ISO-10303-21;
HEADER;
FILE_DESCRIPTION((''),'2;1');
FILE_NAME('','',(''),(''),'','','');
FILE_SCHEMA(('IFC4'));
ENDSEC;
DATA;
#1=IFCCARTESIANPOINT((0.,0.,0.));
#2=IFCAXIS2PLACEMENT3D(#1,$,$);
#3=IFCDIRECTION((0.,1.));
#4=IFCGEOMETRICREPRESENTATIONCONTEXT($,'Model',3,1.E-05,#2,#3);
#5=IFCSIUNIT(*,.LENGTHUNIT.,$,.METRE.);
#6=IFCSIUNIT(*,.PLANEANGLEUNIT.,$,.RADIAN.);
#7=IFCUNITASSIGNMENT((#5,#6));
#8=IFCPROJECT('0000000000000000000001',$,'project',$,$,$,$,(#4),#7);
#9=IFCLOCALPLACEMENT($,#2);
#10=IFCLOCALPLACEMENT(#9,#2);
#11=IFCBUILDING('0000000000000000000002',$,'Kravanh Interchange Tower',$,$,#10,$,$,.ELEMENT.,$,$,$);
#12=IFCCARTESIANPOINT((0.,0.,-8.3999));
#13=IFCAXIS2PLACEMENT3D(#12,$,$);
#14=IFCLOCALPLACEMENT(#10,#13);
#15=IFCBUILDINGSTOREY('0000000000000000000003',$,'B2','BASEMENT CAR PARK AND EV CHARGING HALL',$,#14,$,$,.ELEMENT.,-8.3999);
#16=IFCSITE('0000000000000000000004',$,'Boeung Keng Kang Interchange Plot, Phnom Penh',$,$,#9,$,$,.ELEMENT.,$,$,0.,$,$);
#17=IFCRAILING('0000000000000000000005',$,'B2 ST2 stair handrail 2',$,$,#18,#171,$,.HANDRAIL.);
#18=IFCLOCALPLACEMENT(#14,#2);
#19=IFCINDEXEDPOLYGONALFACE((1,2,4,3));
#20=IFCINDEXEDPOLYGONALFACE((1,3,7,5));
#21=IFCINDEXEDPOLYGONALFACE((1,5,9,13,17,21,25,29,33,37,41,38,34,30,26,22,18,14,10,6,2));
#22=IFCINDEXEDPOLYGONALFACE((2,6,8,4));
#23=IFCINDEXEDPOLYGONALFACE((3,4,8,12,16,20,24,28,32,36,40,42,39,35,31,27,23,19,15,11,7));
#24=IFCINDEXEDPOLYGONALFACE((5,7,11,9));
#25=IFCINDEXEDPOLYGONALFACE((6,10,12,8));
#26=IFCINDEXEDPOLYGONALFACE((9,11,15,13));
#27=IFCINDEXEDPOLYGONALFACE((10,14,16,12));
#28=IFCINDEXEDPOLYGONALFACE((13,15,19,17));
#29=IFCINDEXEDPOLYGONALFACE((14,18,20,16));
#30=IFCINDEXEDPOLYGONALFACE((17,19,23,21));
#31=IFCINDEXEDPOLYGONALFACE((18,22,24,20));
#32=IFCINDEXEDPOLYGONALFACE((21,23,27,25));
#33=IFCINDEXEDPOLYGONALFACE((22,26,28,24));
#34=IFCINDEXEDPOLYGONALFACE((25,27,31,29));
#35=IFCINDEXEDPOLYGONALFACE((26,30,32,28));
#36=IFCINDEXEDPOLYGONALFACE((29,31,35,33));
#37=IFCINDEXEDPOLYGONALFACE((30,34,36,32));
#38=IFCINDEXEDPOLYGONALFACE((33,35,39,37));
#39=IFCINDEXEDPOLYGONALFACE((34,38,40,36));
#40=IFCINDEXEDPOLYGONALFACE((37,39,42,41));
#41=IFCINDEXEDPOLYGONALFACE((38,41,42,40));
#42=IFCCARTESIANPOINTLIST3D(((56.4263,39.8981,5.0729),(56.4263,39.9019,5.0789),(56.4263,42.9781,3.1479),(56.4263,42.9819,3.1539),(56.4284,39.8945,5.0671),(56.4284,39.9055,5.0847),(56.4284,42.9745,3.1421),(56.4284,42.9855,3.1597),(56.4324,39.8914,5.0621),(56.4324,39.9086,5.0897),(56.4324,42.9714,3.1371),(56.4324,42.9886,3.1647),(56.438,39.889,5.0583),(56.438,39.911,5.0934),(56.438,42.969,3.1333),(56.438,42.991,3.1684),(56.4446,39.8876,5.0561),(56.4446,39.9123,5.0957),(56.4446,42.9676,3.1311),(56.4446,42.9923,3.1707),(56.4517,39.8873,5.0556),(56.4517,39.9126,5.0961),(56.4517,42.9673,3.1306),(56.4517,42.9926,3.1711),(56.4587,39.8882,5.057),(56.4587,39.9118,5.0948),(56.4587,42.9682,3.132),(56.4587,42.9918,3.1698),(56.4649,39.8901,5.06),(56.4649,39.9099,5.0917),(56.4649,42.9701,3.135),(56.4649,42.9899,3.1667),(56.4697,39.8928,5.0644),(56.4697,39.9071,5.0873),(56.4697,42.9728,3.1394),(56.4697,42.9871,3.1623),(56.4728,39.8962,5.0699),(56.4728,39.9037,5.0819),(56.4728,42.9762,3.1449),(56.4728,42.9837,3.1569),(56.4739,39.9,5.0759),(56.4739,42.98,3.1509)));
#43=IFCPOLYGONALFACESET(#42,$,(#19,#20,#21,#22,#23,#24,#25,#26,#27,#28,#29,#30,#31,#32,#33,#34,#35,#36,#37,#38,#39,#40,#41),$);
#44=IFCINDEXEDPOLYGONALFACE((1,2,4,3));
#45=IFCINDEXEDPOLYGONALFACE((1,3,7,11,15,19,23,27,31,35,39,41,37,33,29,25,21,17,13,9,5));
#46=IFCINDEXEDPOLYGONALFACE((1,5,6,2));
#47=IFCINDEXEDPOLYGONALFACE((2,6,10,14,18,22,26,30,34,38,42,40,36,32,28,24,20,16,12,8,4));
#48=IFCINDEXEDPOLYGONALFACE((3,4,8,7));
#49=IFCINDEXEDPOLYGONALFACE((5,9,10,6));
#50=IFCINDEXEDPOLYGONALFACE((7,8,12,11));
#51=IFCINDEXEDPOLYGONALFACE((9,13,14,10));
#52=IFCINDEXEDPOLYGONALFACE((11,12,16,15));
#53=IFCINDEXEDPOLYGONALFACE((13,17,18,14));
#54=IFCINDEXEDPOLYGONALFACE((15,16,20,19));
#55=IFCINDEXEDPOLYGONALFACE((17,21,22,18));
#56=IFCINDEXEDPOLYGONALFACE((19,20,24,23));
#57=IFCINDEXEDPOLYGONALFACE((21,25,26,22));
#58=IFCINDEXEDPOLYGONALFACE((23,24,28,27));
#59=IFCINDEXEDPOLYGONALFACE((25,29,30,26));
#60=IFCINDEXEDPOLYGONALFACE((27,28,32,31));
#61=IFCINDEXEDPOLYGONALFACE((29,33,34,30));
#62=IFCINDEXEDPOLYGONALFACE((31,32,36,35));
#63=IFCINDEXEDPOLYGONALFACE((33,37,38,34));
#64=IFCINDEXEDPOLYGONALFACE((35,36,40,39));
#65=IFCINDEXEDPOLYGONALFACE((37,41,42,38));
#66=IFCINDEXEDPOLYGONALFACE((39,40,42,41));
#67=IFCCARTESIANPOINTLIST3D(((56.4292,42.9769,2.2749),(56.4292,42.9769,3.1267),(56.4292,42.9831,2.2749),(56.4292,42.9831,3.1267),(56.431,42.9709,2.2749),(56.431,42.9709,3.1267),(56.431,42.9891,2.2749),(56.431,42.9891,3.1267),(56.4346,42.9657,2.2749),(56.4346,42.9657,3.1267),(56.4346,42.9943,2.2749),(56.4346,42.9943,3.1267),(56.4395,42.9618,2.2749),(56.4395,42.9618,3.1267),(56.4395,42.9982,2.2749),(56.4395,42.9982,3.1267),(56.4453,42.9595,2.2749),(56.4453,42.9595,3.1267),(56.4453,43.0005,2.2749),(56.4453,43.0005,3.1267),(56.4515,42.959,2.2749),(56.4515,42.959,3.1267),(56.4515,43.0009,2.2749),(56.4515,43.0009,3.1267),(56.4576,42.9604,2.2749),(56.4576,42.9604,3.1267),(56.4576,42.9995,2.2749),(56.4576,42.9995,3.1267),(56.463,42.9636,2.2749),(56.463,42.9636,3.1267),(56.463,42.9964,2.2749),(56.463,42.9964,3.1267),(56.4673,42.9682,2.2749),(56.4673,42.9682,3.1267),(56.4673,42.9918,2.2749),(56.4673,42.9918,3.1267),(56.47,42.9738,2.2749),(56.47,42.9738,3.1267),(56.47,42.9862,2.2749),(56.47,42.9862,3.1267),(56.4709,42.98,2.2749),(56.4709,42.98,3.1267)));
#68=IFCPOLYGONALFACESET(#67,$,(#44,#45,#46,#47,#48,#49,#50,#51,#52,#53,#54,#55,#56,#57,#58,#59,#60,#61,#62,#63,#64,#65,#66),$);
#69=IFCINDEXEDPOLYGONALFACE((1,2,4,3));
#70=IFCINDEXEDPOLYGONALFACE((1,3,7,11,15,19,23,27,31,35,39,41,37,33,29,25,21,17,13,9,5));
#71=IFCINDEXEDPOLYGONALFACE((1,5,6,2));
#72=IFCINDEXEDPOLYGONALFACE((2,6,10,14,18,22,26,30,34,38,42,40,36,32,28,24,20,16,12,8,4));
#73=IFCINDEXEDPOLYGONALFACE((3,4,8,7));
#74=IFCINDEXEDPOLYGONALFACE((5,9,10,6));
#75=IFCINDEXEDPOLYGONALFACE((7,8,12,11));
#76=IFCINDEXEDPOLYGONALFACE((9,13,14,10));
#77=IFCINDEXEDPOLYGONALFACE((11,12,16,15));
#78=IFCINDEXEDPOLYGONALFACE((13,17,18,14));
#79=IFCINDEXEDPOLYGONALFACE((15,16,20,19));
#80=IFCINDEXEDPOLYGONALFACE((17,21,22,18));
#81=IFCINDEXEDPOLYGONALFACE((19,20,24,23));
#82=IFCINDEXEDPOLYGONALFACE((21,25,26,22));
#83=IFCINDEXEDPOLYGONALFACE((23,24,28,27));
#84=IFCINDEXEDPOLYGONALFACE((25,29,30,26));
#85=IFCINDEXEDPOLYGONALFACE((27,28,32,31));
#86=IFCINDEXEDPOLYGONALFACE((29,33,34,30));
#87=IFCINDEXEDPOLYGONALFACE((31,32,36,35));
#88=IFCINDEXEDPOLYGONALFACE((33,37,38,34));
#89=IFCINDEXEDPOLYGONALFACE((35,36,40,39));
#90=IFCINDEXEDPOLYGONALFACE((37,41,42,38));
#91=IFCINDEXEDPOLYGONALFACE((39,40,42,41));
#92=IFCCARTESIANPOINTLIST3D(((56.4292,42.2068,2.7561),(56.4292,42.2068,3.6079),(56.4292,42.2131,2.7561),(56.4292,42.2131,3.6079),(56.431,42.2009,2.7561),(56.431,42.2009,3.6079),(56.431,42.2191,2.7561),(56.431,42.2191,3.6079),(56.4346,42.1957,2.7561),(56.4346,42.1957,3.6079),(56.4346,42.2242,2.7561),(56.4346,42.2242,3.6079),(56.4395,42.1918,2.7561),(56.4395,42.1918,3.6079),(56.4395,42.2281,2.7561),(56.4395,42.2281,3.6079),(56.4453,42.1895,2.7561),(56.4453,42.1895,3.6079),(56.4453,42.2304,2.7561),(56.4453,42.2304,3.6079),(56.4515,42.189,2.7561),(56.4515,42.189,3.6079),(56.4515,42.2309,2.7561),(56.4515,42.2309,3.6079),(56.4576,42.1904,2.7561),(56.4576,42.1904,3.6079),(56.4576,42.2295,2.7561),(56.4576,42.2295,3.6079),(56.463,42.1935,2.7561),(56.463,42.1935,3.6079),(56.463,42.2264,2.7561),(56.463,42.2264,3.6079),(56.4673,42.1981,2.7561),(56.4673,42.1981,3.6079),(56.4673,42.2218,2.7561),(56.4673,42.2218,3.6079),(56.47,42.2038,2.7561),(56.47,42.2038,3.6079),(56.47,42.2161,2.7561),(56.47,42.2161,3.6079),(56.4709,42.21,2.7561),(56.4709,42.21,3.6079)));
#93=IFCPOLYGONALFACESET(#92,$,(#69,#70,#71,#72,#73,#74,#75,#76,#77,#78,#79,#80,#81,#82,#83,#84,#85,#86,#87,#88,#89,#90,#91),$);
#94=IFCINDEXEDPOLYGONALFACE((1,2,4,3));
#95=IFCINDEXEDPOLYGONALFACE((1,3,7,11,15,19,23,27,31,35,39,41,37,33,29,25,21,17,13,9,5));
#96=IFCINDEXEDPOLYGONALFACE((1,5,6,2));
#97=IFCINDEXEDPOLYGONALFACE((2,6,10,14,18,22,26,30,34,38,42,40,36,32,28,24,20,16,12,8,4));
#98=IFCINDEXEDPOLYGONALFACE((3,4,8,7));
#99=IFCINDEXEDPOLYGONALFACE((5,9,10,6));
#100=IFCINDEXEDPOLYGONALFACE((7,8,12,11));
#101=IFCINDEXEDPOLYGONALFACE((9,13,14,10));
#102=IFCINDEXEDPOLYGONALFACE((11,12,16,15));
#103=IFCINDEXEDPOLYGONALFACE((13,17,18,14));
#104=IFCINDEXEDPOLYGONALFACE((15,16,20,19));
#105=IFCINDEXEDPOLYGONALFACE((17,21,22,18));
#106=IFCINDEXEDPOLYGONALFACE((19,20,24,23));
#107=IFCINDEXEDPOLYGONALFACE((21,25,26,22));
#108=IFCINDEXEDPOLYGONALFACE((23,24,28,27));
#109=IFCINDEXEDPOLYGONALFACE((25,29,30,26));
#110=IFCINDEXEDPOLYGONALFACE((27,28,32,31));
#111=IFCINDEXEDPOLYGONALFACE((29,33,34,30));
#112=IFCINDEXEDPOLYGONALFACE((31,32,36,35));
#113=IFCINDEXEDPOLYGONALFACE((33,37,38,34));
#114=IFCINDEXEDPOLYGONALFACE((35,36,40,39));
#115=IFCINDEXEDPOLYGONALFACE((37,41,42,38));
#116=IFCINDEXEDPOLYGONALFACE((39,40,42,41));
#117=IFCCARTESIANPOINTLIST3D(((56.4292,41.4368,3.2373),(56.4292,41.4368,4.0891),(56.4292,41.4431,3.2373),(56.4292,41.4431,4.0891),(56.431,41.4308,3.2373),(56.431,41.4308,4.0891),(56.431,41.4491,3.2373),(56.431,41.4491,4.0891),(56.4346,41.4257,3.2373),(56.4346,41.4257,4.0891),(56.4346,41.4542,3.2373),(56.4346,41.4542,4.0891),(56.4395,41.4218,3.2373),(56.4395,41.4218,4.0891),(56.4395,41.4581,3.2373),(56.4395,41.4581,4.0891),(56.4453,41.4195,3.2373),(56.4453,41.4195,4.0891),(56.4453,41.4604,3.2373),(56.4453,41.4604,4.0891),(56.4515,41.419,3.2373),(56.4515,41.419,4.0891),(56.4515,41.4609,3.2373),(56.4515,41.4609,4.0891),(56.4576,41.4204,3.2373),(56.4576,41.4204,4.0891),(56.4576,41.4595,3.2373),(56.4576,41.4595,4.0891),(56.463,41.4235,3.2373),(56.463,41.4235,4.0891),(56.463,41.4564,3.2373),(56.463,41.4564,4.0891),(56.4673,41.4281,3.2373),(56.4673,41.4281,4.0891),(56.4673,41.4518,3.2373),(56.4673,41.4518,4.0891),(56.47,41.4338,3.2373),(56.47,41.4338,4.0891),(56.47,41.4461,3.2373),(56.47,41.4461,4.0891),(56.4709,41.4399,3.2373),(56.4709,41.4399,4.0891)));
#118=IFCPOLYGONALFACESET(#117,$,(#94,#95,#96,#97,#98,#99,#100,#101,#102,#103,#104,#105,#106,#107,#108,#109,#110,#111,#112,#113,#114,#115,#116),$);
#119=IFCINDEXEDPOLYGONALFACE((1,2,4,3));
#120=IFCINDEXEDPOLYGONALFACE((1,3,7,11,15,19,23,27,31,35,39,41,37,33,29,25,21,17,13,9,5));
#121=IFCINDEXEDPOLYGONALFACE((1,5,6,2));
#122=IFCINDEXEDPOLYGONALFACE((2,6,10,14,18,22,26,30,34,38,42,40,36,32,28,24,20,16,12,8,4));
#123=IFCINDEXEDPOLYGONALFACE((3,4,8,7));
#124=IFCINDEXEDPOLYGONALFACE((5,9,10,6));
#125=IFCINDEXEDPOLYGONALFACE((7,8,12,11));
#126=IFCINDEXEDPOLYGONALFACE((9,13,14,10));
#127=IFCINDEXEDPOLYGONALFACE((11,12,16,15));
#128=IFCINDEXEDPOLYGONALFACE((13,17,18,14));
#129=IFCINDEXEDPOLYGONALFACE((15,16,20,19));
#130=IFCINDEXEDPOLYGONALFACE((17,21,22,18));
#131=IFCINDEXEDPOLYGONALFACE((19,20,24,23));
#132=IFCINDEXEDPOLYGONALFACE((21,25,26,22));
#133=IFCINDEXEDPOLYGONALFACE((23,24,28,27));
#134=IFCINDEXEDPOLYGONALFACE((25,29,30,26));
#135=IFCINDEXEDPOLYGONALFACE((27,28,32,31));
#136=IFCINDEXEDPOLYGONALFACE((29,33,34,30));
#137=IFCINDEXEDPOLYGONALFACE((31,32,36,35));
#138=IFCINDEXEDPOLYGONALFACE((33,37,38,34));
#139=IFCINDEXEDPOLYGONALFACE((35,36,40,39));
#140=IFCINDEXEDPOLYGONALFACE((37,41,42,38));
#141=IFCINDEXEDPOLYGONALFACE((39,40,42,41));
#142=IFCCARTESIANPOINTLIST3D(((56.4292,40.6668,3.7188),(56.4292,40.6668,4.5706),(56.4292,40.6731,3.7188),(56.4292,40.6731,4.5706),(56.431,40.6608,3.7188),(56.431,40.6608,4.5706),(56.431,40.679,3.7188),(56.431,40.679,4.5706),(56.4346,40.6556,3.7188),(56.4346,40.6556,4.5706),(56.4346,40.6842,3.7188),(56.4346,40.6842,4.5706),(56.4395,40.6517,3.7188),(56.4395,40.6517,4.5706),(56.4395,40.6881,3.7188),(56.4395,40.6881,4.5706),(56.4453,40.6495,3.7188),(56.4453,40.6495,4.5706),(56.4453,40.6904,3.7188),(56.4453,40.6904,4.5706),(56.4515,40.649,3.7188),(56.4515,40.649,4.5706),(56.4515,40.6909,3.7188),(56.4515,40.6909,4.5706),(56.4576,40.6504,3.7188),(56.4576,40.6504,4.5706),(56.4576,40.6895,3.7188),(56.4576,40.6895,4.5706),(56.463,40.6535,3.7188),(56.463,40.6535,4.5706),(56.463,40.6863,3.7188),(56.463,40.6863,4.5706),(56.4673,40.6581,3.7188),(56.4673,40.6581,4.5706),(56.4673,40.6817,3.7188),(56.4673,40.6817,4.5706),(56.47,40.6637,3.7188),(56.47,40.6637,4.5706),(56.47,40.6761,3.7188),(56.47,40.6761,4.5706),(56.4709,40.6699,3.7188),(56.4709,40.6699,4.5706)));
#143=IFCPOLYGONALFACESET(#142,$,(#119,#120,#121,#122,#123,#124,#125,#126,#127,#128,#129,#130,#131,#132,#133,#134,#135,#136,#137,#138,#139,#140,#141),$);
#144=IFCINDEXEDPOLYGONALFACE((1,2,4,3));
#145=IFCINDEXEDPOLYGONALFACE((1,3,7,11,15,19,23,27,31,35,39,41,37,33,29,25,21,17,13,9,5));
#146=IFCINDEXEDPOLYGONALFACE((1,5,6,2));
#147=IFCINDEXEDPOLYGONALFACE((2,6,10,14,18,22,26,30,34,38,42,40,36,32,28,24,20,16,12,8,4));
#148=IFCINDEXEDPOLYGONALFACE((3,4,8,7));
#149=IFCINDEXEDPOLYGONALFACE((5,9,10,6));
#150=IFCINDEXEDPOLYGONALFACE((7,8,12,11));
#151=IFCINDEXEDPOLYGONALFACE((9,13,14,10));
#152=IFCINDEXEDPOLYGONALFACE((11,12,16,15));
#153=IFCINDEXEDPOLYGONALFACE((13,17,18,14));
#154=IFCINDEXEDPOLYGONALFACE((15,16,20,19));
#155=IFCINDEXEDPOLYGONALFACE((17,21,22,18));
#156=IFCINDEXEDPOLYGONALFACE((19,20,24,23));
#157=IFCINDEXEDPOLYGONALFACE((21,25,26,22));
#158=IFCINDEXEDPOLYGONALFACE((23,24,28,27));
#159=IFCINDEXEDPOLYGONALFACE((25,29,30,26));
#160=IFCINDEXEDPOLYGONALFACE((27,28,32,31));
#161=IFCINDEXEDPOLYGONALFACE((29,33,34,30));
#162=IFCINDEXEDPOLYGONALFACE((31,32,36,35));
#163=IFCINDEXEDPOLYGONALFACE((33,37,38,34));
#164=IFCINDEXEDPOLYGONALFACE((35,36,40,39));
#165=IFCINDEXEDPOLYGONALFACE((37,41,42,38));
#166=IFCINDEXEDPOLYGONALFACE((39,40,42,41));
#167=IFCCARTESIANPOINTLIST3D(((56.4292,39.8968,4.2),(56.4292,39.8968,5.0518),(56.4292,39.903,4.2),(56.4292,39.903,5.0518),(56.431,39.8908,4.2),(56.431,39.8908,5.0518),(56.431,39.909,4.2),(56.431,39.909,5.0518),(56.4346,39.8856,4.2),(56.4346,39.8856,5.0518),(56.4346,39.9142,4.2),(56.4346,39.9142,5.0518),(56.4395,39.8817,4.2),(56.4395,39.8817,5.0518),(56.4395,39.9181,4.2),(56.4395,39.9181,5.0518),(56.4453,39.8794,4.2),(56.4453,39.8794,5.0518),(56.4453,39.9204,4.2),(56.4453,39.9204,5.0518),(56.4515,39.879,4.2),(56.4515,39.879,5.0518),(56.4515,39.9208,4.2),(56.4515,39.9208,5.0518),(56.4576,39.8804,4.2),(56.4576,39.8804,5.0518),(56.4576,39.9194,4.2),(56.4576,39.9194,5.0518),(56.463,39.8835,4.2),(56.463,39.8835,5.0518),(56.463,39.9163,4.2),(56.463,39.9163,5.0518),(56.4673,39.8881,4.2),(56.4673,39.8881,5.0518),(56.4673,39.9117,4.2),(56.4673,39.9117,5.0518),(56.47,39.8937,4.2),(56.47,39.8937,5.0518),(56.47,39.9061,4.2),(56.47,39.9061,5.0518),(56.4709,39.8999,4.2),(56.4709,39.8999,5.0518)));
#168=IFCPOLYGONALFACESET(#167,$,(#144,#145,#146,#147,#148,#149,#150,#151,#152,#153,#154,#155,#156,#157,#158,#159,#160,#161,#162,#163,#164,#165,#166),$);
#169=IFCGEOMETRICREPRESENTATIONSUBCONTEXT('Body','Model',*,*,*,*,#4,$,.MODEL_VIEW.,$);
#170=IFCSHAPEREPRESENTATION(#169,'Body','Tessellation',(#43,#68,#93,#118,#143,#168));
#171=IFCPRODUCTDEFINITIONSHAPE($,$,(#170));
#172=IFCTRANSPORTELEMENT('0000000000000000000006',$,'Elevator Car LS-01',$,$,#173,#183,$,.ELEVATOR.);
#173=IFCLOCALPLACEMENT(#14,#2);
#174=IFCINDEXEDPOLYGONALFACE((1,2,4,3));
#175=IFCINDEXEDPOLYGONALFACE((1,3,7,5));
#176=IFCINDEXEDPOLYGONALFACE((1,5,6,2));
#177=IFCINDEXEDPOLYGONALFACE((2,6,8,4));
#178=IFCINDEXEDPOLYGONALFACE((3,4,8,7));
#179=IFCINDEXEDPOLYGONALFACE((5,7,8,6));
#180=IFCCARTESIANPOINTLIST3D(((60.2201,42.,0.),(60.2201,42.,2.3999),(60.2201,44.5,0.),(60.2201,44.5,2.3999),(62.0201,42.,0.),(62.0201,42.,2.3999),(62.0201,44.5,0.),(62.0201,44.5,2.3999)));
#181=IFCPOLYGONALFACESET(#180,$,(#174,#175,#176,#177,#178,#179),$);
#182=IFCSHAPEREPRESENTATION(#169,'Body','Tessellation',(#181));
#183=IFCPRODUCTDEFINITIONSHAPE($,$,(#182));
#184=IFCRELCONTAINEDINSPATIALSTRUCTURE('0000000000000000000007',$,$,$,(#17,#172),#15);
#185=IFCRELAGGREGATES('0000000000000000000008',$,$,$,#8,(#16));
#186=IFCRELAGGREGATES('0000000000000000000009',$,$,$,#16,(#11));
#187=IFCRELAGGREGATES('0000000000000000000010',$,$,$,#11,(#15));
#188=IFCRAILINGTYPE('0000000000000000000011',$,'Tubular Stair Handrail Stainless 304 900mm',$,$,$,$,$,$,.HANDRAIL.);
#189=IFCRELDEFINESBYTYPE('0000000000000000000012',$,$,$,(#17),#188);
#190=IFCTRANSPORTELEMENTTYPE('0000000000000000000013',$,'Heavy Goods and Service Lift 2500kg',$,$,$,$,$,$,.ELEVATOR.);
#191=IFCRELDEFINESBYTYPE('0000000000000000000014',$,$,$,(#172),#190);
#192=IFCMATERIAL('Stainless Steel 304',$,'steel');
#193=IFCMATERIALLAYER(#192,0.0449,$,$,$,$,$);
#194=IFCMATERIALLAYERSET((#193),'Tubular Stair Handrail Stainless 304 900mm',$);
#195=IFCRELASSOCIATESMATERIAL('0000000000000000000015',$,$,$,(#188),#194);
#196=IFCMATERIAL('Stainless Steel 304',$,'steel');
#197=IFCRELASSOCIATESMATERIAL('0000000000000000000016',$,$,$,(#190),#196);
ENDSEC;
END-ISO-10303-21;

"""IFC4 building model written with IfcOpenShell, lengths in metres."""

from ifc_helpers import new_model, si_unit, direction, frame, origin, origin_2d, place, context, subcontext, project, spatial, rectangle, circle, extrude, material, layer, layer_set, type_object, element, save


model = new_model("IFC4")

# Units and contexts
model_context = context("Model", 3, precision=1e-05, world=origin(), true_north=direction((0.0, 1.0)))
body_context = subcontext(model_context, "Body", "Model", "MODEL_VIEW")
ifc_project = project(units=[si_unit("LENGTHUNIT", "METRE"), si_unit("PLANEANGLEUNIT", "RADIAN")], contexts=[model_context])

# Site, building, storey
site_placement = place(None, origin())
site = spatial("IfcSite", under=ifc_project, at=site_placement, Name="Boeung Keng Kang Interchange Plot, Phnom Penh", CompositionType="ELEMENT", RefElevation=0.0)
building_placement = place(site_placement, origin())
building = spatial("IfcBuilding", under=site, at=building_placement, Name="Kravanh Interchange Tower", CompositionType="ELEMENT")
storey_placement = place(building_placement, frame((0.0, 0.0, -8.3999)))
storey = spatial("IfcBuildingStorey", under=building, at=storey_placement, Name="B2", Description="BASEMENT CAR PARK AND EV CHARGING HALL", CompositionType="ELEMENT", Elevation=-8.3999)

# Railing
ifc_material_1 = material(Name="Stainless Steel 304", Category="steel")
ifc_layer_1 = layer(ifc_material_1, 0.0449)
ifc_layer_set_1 = layer_set([ifc_layer_1], Name="Tubular Stair Handrail Stainless 304 900mm")
railing_type_1 = type_object("IfcRailingType", Name="Tubular Stair Handrail Stainless 304 900mm", PredefinedType="HANDRAIL", material=ifc_layer_set_1)
for number, where, name in (
    (1, (56.45, 42.98, 2.2749), "B2 ST2 stair handrail 2"),
):
    element("IfcRailing", number, at=place(storey_placement, frame(where)), inside=storey, type_object=railing_type_1, Name=name, PredefinedType="HANDRAIL", context=body_context, shape_type="SweptSolid", body=[
        extrude(circle(Radius=0.0239, at=origin_2d()), frame((0.0, 0.0, 0.876), z_axis=(0.0, -0.847998, 0.529999), x_axis=(1.0, 0.0, 0.0)), (0.0, 0.0, 1.0), 3.6321),
        extrude(circle(Radius=0.021, at=origin_2d()), origin(), (0.0, 0.0, 1.0), 0.8518),
        extrude(circle(Radius=0.021, at=origin_2d()), frame((0.0, -0.77, 0.4812)), (0.0, 0.0, 1.0), 0.8518),
        extrude(circle(Radius=0.021, at=origin_2d()), frame((0.0, -1.54, 0.9624)), (0.0, 0.0, 1.0), 0.8518),
        extrude(circle(Radius=0.021, at=origin_2d()), frame((0.0, -2.3101, 1.4438)), (0.0, 0.0, 1.0), 0.8518),
        extrude(circle(Radius=0.021, at=origin_2d()), frame((0.0, -3.0801, 1.925)), (0.0, 0.0, 1.0), 0.8518),
    ])

# Transport element
ifc_material_2 = material(Name="Stainless Steel 304", Category="steel")
transport_element_type = type_object("IfcTransportElementType", Name="Heavy Goods and Service Lift 2500kg", PredefinedType="ELEVATOR", material=ifc_material_2)
transport_element_placement = place(storey_placement, frame((61.1201, 43.25, 0.0), z_axis=(0.0, 0.0, 1.0), x_axis=(1.0, 0.0, 0.0)))
element("IfcTransportElement", 2, at=transport_element_placement, inside=storey, type_object=transport_element_type, Name="Elevator Car LS-01", PredefinedType="ELEVATOR", context=body_context, shape_type="SweptSolid", body=[
    extrude(rectangle(XDim=1.8, YDim=2.5, at=origin_2d()), origin(), (0.0, 0.0, 1.0), 2.3999),
])

save(model, "model.ifc")
